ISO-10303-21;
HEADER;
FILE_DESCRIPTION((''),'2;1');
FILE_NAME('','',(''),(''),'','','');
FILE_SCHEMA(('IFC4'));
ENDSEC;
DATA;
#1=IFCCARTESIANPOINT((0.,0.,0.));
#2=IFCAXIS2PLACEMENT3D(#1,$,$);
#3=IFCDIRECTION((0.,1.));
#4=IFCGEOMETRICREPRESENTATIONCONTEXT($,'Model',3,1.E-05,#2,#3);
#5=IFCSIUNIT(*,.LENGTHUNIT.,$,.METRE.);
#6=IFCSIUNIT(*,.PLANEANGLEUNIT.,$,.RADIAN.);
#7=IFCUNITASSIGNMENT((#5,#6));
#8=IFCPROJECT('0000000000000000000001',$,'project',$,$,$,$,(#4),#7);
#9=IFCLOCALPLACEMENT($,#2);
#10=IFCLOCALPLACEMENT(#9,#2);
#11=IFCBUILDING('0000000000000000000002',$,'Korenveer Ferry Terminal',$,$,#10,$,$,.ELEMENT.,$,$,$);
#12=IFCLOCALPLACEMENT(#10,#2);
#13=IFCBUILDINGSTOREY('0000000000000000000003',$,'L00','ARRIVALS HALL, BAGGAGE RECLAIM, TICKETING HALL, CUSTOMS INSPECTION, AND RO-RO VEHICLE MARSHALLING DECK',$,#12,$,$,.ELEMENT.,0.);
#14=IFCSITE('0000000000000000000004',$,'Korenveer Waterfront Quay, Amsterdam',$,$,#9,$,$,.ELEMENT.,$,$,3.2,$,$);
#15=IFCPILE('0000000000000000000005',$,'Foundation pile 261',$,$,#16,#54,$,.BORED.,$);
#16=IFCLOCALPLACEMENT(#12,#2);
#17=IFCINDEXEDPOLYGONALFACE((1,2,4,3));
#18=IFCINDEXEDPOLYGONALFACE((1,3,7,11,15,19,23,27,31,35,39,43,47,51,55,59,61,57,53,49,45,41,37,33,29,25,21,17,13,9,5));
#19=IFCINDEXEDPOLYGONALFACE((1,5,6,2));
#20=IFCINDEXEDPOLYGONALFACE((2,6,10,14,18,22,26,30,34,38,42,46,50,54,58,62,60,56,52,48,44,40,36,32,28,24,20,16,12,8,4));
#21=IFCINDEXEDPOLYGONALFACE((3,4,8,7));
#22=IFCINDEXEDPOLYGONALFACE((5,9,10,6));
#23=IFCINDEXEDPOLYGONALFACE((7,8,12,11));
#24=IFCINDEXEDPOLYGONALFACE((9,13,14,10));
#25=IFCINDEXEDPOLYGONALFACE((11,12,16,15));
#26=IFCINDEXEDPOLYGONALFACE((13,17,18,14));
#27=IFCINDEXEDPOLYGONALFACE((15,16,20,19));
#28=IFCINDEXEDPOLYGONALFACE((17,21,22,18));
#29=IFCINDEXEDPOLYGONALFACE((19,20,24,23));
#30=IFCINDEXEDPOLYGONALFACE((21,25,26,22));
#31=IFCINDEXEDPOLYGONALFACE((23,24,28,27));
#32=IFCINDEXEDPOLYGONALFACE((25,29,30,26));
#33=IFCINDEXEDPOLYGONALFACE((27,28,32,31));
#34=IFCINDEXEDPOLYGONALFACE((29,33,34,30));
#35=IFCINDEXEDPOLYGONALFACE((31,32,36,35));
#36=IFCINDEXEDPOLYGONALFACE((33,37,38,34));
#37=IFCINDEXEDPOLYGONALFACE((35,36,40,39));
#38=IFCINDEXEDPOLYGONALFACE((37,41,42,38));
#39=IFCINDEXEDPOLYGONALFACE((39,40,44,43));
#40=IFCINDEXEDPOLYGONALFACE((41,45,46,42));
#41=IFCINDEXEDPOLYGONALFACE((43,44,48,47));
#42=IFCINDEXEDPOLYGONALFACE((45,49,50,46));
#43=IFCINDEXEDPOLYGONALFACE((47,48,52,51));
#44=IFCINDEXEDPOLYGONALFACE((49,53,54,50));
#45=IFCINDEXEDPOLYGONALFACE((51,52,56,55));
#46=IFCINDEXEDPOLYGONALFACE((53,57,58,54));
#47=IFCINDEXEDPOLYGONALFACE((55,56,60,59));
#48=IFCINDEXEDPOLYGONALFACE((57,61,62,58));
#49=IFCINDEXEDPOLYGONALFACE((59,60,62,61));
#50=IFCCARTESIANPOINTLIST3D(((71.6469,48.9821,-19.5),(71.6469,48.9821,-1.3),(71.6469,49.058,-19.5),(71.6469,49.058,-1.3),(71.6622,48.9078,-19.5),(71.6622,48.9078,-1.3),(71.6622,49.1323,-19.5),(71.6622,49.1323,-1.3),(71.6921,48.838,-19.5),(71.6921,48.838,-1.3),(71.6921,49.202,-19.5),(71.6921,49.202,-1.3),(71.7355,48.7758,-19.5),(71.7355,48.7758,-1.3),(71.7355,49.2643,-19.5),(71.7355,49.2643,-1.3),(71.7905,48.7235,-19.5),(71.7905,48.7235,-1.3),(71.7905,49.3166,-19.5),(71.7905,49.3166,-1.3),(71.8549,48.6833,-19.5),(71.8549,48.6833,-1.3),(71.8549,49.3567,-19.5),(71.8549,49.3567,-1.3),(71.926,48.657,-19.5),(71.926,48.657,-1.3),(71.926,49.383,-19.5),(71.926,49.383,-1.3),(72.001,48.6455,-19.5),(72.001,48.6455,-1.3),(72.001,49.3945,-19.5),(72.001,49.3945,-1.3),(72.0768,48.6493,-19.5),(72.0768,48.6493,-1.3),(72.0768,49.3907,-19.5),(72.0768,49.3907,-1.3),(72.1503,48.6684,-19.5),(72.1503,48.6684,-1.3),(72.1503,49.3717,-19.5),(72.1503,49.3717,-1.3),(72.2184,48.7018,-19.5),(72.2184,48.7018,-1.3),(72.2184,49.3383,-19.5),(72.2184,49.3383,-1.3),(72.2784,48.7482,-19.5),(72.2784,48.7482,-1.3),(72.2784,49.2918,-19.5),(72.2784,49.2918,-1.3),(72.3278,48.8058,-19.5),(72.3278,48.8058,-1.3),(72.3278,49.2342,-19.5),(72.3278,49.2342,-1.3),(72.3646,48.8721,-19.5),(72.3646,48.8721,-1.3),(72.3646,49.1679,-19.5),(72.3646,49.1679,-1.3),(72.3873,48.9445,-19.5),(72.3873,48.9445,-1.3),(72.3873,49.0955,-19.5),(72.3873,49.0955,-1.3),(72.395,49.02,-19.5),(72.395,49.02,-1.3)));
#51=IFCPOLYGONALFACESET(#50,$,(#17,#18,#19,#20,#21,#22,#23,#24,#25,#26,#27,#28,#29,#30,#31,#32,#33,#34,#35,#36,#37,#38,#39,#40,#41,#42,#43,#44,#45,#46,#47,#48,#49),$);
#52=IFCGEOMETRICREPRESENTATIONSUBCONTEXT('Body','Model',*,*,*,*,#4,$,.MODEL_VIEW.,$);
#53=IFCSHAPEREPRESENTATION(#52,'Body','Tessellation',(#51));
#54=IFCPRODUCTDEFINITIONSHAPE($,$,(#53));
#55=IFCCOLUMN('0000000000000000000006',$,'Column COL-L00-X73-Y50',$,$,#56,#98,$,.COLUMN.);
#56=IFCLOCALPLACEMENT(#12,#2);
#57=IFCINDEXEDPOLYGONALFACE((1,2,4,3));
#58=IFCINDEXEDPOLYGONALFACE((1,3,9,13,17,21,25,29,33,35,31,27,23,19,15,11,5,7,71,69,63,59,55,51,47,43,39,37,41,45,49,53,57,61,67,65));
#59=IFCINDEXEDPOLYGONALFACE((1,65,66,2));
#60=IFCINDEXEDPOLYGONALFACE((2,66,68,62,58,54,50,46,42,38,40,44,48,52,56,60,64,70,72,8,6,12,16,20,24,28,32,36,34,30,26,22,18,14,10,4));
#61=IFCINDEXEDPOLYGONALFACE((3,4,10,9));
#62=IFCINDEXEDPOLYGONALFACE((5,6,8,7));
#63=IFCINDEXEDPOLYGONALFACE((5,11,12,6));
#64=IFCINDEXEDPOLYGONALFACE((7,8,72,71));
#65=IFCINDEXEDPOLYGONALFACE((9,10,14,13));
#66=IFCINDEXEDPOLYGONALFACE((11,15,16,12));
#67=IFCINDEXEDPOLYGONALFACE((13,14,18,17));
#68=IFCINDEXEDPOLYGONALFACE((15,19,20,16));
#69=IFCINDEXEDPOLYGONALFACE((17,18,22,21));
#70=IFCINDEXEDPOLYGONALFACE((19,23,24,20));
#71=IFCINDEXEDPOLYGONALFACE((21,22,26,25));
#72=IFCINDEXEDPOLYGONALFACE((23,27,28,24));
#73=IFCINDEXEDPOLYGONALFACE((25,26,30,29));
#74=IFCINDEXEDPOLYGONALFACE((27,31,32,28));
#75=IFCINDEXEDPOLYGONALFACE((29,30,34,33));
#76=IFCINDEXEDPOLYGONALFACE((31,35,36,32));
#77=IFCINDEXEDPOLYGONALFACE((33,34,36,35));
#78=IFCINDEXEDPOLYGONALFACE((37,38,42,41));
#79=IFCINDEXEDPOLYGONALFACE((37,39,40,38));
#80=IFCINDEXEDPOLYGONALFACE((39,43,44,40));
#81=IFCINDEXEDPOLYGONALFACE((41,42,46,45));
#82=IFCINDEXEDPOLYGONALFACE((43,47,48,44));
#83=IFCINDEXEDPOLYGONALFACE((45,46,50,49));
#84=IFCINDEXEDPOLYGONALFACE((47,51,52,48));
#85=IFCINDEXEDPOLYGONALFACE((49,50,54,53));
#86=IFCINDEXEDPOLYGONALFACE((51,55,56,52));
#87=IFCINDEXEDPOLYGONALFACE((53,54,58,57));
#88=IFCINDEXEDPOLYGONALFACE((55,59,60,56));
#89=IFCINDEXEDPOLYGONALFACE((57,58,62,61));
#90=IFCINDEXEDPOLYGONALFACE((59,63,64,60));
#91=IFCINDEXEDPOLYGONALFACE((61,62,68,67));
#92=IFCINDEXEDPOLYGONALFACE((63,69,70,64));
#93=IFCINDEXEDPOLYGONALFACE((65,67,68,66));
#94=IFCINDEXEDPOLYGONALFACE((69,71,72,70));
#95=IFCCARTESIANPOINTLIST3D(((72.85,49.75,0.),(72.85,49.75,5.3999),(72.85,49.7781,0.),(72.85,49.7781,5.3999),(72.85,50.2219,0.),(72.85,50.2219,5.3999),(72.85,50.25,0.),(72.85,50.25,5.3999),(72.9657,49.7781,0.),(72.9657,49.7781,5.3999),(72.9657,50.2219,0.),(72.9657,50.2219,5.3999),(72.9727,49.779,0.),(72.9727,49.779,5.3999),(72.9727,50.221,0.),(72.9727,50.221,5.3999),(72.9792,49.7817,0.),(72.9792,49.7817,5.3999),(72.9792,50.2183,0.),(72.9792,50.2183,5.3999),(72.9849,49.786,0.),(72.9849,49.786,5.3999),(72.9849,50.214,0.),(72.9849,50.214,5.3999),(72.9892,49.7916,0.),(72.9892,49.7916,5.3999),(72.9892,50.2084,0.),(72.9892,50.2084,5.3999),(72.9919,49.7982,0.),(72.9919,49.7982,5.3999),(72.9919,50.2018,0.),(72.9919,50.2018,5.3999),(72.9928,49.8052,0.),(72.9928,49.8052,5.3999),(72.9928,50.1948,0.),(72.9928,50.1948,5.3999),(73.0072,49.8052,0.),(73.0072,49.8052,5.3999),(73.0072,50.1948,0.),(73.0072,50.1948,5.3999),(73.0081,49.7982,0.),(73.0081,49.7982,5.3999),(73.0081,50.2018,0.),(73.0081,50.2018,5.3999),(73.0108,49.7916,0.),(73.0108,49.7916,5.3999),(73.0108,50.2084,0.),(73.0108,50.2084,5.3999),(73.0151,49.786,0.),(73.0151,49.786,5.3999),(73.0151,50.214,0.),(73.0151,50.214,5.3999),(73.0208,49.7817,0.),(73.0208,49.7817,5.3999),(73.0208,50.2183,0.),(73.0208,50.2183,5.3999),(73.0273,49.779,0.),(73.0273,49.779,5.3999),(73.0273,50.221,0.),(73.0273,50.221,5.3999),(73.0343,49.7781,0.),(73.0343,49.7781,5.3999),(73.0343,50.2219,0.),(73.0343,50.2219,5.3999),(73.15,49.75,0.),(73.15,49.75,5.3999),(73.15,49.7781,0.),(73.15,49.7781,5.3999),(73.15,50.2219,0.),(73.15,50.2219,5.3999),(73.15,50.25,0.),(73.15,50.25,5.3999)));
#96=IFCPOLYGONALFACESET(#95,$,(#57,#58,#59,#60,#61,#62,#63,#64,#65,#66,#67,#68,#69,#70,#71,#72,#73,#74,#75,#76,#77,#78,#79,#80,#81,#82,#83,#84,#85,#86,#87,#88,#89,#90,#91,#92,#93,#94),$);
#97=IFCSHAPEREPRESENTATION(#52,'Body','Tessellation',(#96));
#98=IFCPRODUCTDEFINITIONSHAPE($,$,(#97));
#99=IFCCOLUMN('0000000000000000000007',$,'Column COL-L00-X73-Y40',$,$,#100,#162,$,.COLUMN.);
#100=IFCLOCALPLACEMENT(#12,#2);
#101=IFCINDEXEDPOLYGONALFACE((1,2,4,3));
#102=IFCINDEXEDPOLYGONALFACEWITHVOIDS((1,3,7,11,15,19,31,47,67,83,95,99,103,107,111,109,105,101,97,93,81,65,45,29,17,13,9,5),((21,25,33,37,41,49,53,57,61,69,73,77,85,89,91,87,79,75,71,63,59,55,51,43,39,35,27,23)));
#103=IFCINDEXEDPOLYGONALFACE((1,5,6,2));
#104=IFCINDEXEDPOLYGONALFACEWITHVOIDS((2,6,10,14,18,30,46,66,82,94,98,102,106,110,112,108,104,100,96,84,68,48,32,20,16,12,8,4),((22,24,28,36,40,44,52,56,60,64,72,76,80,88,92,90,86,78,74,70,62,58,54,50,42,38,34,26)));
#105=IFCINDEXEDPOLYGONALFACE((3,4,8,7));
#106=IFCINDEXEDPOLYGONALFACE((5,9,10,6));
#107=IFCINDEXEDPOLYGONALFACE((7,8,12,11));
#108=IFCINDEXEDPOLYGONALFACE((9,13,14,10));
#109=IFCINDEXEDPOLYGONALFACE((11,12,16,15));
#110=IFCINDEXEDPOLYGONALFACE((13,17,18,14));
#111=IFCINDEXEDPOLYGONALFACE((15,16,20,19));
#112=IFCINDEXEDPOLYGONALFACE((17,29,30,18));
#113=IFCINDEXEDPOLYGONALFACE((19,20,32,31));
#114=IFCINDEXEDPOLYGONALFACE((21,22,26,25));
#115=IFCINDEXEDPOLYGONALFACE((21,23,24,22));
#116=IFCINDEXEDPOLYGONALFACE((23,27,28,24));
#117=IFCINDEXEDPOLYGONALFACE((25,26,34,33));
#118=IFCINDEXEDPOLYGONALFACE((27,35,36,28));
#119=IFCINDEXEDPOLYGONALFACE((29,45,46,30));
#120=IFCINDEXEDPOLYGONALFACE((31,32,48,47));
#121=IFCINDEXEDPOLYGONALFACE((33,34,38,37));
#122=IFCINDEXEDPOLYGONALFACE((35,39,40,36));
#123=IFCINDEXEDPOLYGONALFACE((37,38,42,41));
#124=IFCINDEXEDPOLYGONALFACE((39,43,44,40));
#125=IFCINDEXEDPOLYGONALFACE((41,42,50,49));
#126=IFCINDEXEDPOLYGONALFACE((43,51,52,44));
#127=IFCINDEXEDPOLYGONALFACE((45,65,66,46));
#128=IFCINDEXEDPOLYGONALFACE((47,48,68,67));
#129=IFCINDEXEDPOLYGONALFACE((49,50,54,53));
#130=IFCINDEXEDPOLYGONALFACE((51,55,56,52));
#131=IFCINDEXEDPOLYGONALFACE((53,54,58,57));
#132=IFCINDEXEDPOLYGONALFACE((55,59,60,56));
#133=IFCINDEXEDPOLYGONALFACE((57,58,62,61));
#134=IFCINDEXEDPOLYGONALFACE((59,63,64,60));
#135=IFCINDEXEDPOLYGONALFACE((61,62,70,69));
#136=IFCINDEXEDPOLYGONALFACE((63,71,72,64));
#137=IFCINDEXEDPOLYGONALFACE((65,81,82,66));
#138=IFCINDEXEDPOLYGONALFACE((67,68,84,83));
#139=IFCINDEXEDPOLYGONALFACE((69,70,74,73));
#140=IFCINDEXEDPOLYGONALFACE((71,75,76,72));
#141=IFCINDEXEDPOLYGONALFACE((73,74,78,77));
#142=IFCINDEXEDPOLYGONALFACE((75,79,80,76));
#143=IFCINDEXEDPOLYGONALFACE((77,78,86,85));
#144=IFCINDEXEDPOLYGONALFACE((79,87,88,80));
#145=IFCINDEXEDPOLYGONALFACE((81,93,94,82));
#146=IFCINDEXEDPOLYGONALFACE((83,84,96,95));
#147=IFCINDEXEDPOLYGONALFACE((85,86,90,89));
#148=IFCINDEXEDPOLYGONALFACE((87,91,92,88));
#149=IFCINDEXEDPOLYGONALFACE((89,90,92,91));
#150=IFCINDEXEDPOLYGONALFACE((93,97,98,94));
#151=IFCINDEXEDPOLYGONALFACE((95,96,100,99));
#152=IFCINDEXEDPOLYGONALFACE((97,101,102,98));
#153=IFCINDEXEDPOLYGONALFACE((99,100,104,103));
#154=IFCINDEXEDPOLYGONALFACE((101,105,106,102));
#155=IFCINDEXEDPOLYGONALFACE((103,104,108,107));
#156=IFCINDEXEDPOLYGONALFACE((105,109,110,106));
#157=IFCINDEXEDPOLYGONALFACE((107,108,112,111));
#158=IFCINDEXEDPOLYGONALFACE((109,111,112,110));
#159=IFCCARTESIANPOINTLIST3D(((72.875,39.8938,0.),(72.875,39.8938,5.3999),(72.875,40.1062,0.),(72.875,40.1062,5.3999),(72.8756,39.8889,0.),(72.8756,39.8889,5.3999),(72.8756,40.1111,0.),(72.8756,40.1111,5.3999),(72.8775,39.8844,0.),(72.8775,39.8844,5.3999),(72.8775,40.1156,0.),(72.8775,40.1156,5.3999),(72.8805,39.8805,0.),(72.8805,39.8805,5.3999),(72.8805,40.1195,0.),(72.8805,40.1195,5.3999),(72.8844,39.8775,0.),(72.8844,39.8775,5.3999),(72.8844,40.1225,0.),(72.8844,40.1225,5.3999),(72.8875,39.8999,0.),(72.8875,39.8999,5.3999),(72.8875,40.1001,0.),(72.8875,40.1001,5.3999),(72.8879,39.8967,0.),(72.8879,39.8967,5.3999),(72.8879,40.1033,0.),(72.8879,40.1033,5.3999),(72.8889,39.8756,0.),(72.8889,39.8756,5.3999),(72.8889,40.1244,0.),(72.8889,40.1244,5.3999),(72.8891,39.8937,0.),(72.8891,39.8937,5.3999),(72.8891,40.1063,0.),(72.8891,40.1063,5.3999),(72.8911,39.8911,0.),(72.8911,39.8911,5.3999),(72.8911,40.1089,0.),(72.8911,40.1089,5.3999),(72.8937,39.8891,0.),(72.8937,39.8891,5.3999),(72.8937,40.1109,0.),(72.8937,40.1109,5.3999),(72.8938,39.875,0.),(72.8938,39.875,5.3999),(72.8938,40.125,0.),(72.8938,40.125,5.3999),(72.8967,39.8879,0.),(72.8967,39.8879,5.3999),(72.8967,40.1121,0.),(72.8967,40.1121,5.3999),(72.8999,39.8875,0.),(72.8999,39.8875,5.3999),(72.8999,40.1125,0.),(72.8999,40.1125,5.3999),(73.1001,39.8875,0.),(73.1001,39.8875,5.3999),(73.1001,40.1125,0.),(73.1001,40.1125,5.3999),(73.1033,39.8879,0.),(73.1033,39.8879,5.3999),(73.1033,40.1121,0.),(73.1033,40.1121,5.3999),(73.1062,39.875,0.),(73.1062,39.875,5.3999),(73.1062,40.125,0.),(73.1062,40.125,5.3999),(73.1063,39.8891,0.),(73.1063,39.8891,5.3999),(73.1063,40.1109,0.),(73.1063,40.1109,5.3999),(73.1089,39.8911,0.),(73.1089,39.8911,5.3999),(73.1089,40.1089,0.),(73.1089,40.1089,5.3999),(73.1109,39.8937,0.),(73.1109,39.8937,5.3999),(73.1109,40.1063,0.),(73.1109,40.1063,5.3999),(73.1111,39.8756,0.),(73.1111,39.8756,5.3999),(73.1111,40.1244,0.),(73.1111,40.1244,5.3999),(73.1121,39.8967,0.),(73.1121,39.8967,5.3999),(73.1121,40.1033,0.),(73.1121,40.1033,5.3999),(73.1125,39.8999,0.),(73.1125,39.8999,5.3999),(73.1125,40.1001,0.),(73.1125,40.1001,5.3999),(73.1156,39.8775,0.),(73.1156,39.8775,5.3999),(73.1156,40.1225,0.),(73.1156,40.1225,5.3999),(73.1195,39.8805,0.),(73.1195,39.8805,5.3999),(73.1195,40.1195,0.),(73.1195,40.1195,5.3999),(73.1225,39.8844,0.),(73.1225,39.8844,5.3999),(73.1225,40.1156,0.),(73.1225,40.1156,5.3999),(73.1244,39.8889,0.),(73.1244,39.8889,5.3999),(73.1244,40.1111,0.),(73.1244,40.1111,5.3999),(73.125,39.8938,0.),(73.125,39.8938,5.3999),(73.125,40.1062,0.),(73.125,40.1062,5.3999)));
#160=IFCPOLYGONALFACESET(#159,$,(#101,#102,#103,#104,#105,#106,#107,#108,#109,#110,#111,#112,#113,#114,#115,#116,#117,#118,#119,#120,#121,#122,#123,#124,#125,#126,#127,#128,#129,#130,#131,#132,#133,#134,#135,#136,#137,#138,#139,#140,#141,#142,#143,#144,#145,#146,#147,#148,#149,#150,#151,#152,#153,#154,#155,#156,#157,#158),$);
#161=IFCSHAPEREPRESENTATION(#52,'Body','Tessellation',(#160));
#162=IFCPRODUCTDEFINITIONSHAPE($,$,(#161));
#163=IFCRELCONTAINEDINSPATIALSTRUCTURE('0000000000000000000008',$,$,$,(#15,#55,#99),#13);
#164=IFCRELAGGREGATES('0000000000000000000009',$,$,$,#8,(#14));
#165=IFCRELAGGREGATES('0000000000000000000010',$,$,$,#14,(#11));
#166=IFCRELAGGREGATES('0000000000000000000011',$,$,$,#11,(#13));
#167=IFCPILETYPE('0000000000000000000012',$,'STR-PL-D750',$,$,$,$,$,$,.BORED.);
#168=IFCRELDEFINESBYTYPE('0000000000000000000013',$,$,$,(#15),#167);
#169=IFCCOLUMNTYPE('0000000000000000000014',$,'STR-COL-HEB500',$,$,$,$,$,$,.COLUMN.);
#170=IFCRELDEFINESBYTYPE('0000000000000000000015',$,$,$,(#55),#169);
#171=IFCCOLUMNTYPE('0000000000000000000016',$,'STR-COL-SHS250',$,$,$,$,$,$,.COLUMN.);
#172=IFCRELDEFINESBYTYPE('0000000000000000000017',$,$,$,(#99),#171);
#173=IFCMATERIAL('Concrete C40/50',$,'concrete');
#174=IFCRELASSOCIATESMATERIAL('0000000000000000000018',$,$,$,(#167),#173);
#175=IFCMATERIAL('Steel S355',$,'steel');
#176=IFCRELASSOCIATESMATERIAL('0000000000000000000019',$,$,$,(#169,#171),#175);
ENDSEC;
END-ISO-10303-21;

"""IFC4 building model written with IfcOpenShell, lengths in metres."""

from ifc_helpers import new_model, si_unit, direction, frame, origin, origin_2d, place, context, subcontext, project, spatial, hollow_rectangle, circle, i_section, extrude, material, material_profile, profile_set, type_object, element, save


model = new_model("IFC4")

# Units and contexts
model_context = context("Model", 3, precision=1e-05, world=origin(), true_north=direction((0.0, 1.0)))
body_context = subcontext(model_context, "Body", "Model", "MODEL_VIEW")
ifc_project = project(units=[si_unit("LENGTHUNIT", "METRE"), si_unit("PLANEANGLEUNIT", "RADIAN")], contexts=[model_context])

# Site, building, storey
site_placement = place(None, origin())
site = spatial("IfcSite", under=ifc_project, at=site_placement, Name="Korenveer Waterfront Quay, Amsterdam", CompositionType="ELEMENT", RefElevation=3.2)
building_placement = place(site_placement, origin())
building = spatial("IfcBuilding", under=site, at=building_placement, Name="Korenveer Ferry Terminal", CompositionType="ELEMENT")
storey_placement = place(building_placement, origin())
storey = spatial("IfcBuildingStorey", under=building, at=storey_placement, Name="L00", Description="ARRIVALS HALL, BAGGAGE RECLAIM, TICKETING HALL, CUSTOMS INSPECTION, AND RO-RO VEHICLE MARSHALLING DECK", CompositionType="ELEMENT", Elevation=0.0)

# Shared definitions
ifc_material_1 = material(Name="Concrete C40/50", Category="concrete")

# Pile
ifc_material_profile_1 = material_profile(ifc_material_1, circle(Radius=0.375, at=origin_2d()), Name="PILE D750")
ifc_profile_set_1 = profile_set([ifc_material_profile_1], Name="Concrete C40/50")
pile_type = type_object("IfcPileType", Name="STR-PL-D750", PredefinedType="BORED", material=ifc_profile_set_1)
for number, where, z_axis, x_axis, name in (
    (1, (72.02, 49.02, -1.3), (0.0, 0.0, -1.0), (1.0, 0.0, 0.0), "Foundation pile 261"),
):
    element("IfcPile", number, at=place(storey_placement, frame(where, z_axis=z_axis, x_axis=x_axis)), inside=storey, type_object=pile_type, Name=name, PredefinedType="BORED", context=body_context, shape_type="SweptSolid", body=[
        extrude(circle(Radius=0.375, at=origin_2d()), origin(), (0.0, 0.0, 1.0), 18.2),
    ])

# Columns
ifc_material_2 = material(Name="Steel S355", Category="steel")
ifc_material_profile_2 = material_profile(ifc_material_2, i_section(OverallWidth=0.3, OverallDepth=0.5, WebThickness=0.0144, FlangeThickness=0.0281, FilletRadius=0.0271, at=origin_2d()), Name="HEB 500")
ifc_profile_set_2 = profile_set([ifc_material_profile_2], Name="Steel S355")
column_type_1 = type_object("IfcColumnType", Name="STR-COL-HEB500", PredefinedType="COLUMN", material=ifc_profile_set_2)
column_1_placement = place(storey_placement, frame((73.0, 50.0, 0.0), z_axis=(0.0, 0.0, 1.0), x_axis=(1.0, 0.0, 0.0)))
element("IfcColumn", 2, at=column_1_placement, inside=storey, type_object=column_type_1, Name="Column COL-L00-X73-Y50", PredefinedType="COLUMN", context=body_context, shape_type="SweptSolid", body=[
    extrude(i_section(OverallWidth=0.3, OverallDepth=0.5, WebThickness=0.0144, FlangeThickness=0.0281, FilletRadius=0.0271, at=origin_2d()), origin(), (0.0, 0.0, 1.0), 5.3999),
])
ifc_material_profile_3 = material_profile(ifc_material_2, hollow_rectangle(XDim=0.25, YDim=0.25, WallThickness=0.0125, InnerFilletRadius=0.0125, OuterFilletRadius=0.0188, at=origin_2d()), Name="SHS 250x250x12.5")
ifc_profile_set_3 = profile_set([ifc_material_profile_3], Name="Steel S355")
column_type_2 = type_object("IfcColumnType", Name="STR-COL-SHS250", PredefinedType="COLUMN", material=ifc_profile_set_3)
column_2_placement = place(storey_placement, frame((73.0, 40.0, 0.0), z_axis=(0.0, 0.0, 1.0), x_axis=(1.0, 0.0, 0.0)))
element("IfcColumn", 3, at=column_2_placement, inside=storey, type_object=column_type_2, Name="Column COL-L00-X73-Y40", PredefinedType="COLUMN", context=body_context, shape_type="SweptSolid", body=[
    extrude(hollow_rectangle(XDim=0.25, YDim=0.25, WallThickness=0.0125, InnerFilletRadius=0.0125, OuterFilletRadius=0.0188, at=origin_2d()), origin(), (0.0, 0.0, 1.0), 5.3999),
])

save(model, "model.ifc")
